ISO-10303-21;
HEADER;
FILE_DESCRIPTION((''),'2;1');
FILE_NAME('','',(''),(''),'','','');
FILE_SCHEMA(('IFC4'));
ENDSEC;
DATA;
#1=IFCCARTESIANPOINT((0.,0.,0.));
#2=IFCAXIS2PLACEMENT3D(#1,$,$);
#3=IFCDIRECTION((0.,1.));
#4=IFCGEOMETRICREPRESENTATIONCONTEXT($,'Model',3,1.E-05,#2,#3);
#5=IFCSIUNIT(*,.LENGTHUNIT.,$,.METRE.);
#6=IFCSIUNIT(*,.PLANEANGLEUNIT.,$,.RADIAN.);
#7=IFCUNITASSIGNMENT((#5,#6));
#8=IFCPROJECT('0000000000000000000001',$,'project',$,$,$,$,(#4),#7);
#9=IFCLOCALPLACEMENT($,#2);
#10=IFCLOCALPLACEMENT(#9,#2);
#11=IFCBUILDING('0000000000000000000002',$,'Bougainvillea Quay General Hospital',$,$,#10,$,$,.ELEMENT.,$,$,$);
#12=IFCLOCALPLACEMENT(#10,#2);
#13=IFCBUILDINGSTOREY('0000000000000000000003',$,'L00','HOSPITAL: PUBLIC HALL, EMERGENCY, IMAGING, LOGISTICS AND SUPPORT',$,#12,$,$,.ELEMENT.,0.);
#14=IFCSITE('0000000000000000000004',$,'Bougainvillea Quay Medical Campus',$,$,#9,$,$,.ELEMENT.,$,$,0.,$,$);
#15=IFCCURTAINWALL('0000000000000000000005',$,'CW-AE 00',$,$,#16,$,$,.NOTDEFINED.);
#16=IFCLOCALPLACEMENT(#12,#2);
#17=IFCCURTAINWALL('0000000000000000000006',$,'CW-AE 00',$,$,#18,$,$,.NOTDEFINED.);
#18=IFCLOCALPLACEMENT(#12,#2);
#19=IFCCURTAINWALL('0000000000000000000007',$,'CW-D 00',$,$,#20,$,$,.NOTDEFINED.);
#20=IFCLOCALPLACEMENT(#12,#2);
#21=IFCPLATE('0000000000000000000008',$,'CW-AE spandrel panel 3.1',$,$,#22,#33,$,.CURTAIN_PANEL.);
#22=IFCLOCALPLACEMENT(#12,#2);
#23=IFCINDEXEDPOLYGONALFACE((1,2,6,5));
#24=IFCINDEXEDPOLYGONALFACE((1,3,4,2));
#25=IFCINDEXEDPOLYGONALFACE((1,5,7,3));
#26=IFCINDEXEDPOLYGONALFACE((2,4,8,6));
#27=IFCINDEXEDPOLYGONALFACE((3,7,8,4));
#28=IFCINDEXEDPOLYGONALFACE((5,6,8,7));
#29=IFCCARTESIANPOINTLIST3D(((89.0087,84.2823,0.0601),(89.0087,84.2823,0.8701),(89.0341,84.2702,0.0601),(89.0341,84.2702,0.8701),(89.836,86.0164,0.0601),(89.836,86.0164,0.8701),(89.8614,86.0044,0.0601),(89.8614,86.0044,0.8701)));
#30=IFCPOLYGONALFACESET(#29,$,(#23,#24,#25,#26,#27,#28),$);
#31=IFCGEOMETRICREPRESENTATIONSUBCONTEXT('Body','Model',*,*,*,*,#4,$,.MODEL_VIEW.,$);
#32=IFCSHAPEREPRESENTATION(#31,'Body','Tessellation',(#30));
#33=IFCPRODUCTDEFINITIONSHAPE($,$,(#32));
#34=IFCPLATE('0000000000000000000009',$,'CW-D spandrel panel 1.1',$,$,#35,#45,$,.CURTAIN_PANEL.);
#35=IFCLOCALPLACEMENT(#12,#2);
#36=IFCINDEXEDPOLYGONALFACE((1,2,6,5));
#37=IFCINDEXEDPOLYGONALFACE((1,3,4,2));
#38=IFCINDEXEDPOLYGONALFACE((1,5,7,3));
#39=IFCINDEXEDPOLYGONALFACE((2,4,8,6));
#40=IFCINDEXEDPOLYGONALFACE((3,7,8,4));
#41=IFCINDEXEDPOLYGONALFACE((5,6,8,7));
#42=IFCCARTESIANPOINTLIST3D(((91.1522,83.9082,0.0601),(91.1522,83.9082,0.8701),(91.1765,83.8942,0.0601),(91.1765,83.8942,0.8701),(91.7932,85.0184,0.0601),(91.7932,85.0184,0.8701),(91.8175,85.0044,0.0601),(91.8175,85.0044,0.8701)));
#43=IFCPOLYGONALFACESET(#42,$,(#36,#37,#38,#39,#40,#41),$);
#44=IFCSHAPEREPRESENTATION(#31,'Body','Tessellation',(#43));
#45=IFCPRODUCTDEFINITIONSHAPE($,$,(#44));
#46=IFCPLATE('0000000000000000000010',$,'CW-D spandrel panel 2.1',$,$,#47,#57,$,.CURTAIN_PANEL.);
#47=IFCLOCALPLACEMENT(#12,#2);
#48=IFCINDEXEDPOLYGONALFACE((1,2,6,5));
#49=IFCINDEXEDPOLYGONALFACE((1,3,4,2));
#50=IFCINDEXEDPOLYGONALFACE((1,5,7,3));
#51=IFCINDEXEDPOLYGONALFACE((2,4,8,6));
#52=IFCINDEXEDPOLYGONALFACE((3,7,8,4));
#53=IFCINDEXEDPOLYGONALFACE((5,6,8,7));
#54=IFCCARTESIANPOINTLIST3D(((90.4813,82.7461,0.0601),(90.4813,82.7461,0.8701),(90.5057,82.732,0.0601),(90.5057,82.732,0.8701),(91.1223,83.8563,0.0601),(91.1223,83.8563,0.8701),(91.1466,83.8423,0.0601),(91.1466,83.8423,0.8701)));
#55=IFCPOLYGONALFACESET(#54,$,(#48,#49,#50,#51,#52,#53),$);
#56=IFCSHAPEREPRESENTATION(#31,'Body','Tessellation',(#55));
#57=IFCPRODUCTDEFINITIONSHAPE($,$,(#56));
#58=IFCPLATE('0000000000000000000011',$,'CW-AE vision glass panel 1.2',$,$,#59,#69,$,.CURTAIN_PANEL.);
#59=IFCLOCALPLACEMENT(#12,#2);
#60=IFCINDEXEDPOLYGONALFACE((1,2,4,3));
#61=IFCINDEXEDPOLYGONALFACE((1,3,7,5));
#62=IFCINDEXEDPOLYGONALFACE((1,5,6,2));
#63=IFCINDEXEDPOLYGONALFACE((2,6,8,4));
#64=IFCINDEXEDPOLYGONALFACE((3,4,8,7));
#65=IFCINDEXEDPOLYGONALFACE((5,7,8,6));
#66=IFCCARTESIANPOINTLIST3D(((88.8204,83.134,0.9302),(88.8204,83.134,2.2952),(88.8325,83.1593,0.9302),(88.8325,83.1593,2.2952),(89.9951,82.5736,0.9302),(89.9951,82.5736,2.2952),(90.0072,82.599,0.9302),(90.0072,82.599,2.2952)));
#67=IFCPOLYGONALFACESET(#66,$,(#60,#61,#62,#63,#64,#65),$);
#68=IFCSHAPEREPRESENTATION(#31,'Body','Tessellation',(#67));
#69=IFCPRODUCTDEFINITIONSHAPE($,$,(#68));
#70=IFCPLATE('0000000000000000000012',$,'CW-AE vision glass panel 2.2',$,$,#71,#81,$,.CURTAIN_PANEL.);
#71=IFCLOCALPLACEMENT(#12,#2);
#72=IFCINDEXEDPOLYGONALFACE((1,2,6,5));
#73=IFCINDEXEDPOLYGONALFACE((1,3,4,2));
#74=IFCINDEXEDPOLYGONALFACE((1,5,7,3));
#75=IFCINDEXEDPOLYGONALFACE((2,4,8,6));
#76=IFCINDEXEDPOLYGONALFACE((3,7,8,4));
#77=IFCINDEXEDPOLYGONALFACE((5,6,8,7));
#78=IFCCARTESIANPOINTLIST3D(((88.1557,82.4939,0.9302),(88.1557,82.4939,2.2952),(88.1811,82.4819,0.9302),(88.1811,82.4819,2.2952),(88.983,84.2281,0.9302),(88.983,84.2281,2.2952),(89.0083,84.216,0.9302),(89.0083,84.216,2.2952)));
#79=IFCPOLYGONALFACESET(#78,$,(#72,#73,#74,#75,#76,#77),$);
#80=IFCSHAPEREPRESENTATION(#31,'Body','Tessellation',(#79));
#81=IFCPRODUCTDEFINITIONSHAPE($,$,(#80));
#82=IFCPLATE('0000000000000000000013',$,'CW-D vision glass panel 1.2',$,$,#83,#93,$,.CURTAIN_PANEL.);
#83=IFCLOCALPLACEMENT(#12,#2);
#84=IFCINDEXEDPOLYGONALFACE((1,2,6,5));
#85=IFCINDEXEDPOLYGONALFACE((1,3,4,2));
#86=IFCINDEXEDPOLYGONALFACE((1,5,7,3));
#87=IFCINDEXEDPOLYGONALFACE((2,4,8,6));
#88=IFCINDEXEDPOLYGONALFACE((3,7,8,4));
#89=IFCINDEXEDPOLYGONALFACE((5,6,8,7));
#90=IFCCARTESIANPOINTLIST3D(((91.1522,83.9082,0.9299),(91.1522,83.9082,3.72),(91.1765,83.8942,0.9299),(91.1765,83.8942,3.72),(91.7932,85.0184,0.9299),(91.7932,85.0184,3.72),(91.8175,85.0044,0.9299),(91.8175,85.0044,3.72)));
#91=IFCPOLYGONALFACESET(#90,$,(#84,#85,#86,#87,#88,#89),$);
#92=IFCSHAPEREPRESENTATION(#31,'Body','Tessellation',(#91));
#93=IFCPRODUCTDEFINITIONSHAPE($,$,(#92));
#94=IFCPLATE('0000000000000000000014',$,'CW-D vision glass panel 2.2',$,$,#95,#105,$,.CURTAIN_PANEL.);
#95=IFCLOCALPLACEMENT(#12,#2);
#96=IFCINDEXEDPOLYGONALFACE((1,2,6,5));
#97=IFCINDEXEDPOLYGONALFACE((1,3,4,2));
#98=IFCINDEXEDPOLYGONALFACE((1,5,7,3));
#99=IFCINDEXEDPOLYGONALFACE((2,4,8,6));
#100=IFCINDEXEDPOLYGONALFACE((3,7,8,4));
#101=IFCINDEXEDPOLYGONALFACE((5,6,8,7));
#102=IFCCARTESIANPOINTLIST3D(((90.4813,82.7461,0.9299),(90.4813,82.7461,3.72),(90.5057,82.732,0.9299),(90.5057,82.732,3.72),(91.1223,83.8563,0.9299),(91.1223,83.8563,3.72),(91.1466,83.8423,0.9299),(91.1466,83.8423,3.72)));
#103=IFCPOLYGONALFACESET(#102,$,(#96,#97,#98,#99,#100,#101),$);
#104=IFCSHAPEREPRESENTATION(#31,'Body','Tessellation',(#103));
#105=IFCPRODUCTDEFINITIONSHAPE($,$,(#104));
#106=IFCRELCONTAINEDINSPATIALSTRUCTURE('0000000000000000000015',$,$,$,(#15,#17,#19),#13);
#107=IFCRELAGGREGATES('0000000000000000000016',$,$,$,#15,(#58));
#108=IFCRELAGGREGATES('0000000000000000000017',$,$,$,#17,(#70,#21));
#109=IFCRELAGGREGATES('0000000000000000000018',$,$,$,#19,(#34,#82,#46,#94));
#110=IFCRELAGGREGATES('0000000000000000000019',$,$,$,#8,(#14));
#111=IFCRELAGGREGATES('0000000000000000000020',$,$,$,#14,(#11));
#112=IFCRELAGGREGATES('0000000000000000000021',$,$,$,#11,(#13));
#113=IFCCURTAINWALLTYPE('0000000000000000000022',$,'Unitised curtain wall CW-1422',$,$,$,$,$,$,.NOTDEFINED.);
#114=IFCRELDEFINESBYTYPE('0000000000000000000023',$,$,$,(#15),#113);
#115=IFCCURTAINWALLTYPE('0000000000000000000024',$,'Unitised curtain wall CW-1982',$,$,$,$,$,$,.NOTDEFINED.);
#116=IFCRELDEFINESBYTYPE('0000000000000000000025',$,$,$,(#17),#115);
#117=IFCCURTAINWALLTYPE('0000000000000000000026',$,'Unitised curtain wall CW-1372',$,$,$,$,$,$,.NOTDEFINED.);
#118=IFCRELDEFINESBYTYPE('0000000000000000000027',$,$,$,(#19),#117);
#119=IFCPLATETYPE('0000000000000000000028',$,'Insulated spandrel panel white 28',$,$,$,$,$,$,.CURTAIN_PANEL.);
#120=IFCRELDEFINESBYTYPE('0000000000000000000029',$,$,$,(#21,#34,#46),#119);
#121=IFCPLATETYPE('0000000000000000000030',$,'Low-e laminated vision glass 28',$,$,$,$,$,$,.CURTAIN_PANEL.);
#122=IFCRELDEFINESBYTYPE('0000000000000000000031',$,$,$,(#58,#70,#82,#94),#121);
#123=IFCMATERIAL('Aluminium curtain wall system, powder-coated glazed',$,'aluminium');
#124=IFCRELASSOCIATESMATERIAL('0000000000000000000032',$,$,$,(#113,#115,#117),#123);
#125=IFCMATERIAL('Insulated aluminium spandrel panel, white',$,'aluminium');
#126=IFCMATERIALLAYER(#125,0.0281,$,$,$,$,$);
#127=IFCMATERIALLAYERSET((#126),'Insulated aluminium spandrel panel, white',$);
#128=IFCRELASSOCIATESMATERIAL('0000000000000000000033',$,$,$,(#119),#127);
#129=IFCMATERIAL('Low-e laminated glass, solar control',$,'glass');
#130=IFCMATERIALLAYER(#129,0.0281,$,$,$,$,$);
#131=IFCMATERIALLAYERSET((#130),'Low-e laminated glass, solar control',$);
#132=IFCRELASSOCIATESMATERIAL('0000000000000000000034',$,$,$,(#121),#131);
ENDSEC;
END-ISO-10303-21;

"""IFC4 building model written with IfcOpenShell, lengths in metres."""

from ifc_helpers import new_model, si_unit, direction, frame, origin, origin_2d, place, context, subcontext, project, spatial, rectangle, extrude, material, layer, layer_set, type_object, element, aggregate, save


model = new_model("IFC4")

# Units and contexts
model_context = context("Model", 3, precision=1e-05, world=origin(), true_north=direction((0.0, 1.0)))
body_context = subcontext(model_context, "Body", "Model", "MODEL_VIEW")
ifc_project = project(units=[si_unit("LENGTHUNIT", "METRE"), si_unit("PLANEANGLEUNIT", "RADIAN")], contexts=[model_context])

# Site, building, storey
site_placement = place(None, origin())
site = spatial("IfcSite", under=ifc_project, at=site_placement, Name="Bougainvillea Quay Medical Campus", CompositionType="ELEMENT", RefElevation=0.0)
building_placement = place(site_placement, origin())
building = spatial("IfcBuilding", under=site, at=building_placement, Name="Bougainvillea Quay General Hospital", CompositionType="ELEMENT")
storey_placement = place(building_placement, origin())
storey = spatial("IfcBuildingStorey", under=building, at=storey_placement, Name="L00", Description="HOSPITAL: PUBLIC HALL, EMERGENCY, IMAGING, LOGISTICS AND SUPPORT", CompositionType="ELEMENT", Elevation=0.0)

# Curtain walls
ifc_material_1 = material(Name="Aluminium curtain wall system, powder-coated glazed", Category="aluminium")
curtain_wall_type_1 = type_object("IfcCurtainWallType", Name="Unitised curtain wall CW-1422", PredefinedType="NOTDEFINED", material=ifc_material_1)
curtain_wall_1_placement = place(storey_placement, origin())
curtain_wall_1 = element("IfcCurtainWall", 1, at=curtain_wall_1_placement, inside=storey, type_object=curtain_wall_type_1, Name="CW-AE 00", PredefinedType="NOTDEFINED")
curtain_wall_type_2 = type_object("IfcCurtainWallType", Name="Unitised curtain wall CW-1982", PredefinedType="NOTDEFINED", material=ifc_material_1)
curtain_wall_2_placement = place(storey_placement, origin())
curtain_wall_2 = element("IfcCurtainWall", 2, at=curtain_wall_2_placement, inside=storey, type_object=curtain_wall_type_2, Name="CW-AE 00", PredefinedType="NOTDEFINED")

# Curtain wall
curtain_wall_type_3 = type_object("IfcCurtainWallType", Name="Unitised curtain wall CW-1372", PredefinedType="NOTDEFINED", material=ifc_material_1)
curtain_wall_3_placement = place(storey_placement, origin())
curtain_wall_3 = element("IfcCurtainWall", 3, at=curtain_wall_3_placement, inside=storey, type_object=curtain_wall_type_3, Name="CW-D 00", PredefinedType="NOTDEFINED")

# Plates
ifc_material_2 = material(Name="Insulated aluminium spandrel panel, white", Category="aluminium")
ifc_layer_1 = layer(ifc_material_2, 0.0281)
ifc_layer_set_1 = layer_set([ifc_layer_1], Name="Insulated aluminium spandrel panel, white")
plate_type_1 = type_object("IfcPlateType", Name="Insulated spandrel panel white 28", PredefinedType="CURTAIN_PANEL", material=ifc_layer_set_1)
plate_1_placement = place(storey_placement, frame((89.4351, 85.1433, 0.0601), z_axis=(0.0, 0.0, 1.0), x_axis=(0.430563, 0.902561, 0.0)))
plate_1 = element("IfcPlate", 4, at=plate_1_placement, type_object=plate_type_1, Name="CW-AE spandrel panel 3.1", PredefinedType="CURTAIN_PANEL", context=body_context, shape_type="SweptSolid", body=[
    extrude(rectangle(XDim=1.9214, YDim=0.0281, at=origin_2d()), origin(), (0.0, 0.0, 1.0), 0.8101),
])
plate_2_placement = place(storey_placement, frame((91.4849, 84.4563, 0.0601), z_axis=(0.0, 0.0, 1.0), x_axis=(-0.499962, -0.866048, 0.0)))
plate_2 = element("IfcPlate", 5, at=plate_2_placement, type_object=plate_type_1, Name="CW-D spandrel panel 1.1", PredefinedType="CURTAIN_PANEL", context=body_context, shape_type="SweptSolid", body=[
    extrude(rectangle(XDim=1.282, YDim=0.0281, at=origin_2d()), origin(), (0.0, 0.0, 1.0), 0.8101),
])
plate_3_placement = place(storey_placement, frame((90.814, 83.2942, 0.0601), z_axis=(0.0, 0.0, 1.0), x_axis=(-0.499962, -0.866048, 0.0)))
plate_3 = element("IfcPlate", 6, at=plate_3_placement, type_object=plate_type_1, Name="CW-D spandrel panel 2.1", PredefinedType="CURTAIN_PANEL", context=body_context, shape_type="SweptSolid", body=[
    extrude(rectangle(XDim=1.282, YDim=0.0281, at=origin_2d()), origin(), (0.0, 0.0, 1.0), 0.8101),
])
ifc_material_3 = material(Name="Low-e laminated glass, solar control", Category="glass")
ifc_layer_2 = layer(ifc_material_3, 0.0281)
ifc_layer_set_2 = layer_set([ifc_layer_2], Name="Low-e laminated glass, solar control")
plate_type_2 = type_object("IfcPlateType", Name="Low-e laminated vision glass 28", PredefinedType="CURTAIN_PANEL", material=ifc_layer_set_2)
plate_4_placement = place(storey_placement, frame((89.4138, 82.8665, 0.9302), z_axis=(0.0, 0.0, 1.0), x_axis=(-0.902574, 0.430534, 0.0)))
plate_4 = element("IfcPlate", 7, at=plate_4_placement, type_object=plate_type_2, Name="CW-AE vision glass panel 1.2", PredefinedType="CURTAIN_PANEL", context=body_context, shape_type="SweptSolid", body=[
    extrude(rectangle(XDim=1.3015, YDim=0.0281, at=origin_2d()), origin(), (0.0, 0.0, 1.0), 1.365),
])
aggregate(curtain_wall_1, [plate_4])
plate_5_placement = place(storey_placement, frame((88.582, 83.355, 0.9302), z_axis=(0.0, 0.0, 1.0), x_axis=(0.430563, 0.902561, 0.0)))
plate_5 = element("IfcPlate", 8, at=plate_5_placement, type_object=plate_type_2, Name="CW-AE vision glass panel 2.2", PredefinedType="CURTAIN_PANEL", context=body_context, shape_type="SweptSolid", body=[
    extrude(rectangle(XDim=1.9214, YDim=0.0281, at=origin_2d()), origin(), (0.0, 0.0, 1.0), 1.365),
])
aggregate(curtain_wall_2, [plate_5, plate_1])
plate_6_placement = place(storey_placement, frame((91.4849, 84.4563, 0.9299), z_axis=(0.0, 0.0, 1.0), x_axis=(-0.499962, -0.866048, 0.0)))
plate_6 = element("IfcPlate", 9, at=plate_6_placement, type_object=plate_type_2, Name="CW-D vision glass panel 1.2", PredefinedType="CURTAIN_PANEL", context=body_context, shape_type="SweptSolid", body=[
    extrude(rectangle(XDim=1.282, YDim=0.0281, at=origin_2d()), origin(), (0.0, 0.0, 1.0), 2.79),
])
plate_7_placement = place(storey_placement, frame((90.814, 83.2942, 0.9299), z_axis=(0.0, 0.0, 1.0), x_axis=(-0.499962, -0.866048, 0.0)))
plate_7 = element("IfcPlate", 10, at=plate_7_placement, type_object=plate_type_2, Name="CW-D vision glass panel 2.2", PredefinedType="CURTAIN_PANEL", context=body_context, shape_type="SweptSolid", body=[
    extrude(rectangle(XDim=1.282, YDim=0.0281, at=origin_2d()), origin(), (0.0, 0.0, 1.0), 2.79),
])
aggregate(curtain_wall_3, [plate_2, plate_6, plate_3, plate_7])

save(model, "model.ifc")
